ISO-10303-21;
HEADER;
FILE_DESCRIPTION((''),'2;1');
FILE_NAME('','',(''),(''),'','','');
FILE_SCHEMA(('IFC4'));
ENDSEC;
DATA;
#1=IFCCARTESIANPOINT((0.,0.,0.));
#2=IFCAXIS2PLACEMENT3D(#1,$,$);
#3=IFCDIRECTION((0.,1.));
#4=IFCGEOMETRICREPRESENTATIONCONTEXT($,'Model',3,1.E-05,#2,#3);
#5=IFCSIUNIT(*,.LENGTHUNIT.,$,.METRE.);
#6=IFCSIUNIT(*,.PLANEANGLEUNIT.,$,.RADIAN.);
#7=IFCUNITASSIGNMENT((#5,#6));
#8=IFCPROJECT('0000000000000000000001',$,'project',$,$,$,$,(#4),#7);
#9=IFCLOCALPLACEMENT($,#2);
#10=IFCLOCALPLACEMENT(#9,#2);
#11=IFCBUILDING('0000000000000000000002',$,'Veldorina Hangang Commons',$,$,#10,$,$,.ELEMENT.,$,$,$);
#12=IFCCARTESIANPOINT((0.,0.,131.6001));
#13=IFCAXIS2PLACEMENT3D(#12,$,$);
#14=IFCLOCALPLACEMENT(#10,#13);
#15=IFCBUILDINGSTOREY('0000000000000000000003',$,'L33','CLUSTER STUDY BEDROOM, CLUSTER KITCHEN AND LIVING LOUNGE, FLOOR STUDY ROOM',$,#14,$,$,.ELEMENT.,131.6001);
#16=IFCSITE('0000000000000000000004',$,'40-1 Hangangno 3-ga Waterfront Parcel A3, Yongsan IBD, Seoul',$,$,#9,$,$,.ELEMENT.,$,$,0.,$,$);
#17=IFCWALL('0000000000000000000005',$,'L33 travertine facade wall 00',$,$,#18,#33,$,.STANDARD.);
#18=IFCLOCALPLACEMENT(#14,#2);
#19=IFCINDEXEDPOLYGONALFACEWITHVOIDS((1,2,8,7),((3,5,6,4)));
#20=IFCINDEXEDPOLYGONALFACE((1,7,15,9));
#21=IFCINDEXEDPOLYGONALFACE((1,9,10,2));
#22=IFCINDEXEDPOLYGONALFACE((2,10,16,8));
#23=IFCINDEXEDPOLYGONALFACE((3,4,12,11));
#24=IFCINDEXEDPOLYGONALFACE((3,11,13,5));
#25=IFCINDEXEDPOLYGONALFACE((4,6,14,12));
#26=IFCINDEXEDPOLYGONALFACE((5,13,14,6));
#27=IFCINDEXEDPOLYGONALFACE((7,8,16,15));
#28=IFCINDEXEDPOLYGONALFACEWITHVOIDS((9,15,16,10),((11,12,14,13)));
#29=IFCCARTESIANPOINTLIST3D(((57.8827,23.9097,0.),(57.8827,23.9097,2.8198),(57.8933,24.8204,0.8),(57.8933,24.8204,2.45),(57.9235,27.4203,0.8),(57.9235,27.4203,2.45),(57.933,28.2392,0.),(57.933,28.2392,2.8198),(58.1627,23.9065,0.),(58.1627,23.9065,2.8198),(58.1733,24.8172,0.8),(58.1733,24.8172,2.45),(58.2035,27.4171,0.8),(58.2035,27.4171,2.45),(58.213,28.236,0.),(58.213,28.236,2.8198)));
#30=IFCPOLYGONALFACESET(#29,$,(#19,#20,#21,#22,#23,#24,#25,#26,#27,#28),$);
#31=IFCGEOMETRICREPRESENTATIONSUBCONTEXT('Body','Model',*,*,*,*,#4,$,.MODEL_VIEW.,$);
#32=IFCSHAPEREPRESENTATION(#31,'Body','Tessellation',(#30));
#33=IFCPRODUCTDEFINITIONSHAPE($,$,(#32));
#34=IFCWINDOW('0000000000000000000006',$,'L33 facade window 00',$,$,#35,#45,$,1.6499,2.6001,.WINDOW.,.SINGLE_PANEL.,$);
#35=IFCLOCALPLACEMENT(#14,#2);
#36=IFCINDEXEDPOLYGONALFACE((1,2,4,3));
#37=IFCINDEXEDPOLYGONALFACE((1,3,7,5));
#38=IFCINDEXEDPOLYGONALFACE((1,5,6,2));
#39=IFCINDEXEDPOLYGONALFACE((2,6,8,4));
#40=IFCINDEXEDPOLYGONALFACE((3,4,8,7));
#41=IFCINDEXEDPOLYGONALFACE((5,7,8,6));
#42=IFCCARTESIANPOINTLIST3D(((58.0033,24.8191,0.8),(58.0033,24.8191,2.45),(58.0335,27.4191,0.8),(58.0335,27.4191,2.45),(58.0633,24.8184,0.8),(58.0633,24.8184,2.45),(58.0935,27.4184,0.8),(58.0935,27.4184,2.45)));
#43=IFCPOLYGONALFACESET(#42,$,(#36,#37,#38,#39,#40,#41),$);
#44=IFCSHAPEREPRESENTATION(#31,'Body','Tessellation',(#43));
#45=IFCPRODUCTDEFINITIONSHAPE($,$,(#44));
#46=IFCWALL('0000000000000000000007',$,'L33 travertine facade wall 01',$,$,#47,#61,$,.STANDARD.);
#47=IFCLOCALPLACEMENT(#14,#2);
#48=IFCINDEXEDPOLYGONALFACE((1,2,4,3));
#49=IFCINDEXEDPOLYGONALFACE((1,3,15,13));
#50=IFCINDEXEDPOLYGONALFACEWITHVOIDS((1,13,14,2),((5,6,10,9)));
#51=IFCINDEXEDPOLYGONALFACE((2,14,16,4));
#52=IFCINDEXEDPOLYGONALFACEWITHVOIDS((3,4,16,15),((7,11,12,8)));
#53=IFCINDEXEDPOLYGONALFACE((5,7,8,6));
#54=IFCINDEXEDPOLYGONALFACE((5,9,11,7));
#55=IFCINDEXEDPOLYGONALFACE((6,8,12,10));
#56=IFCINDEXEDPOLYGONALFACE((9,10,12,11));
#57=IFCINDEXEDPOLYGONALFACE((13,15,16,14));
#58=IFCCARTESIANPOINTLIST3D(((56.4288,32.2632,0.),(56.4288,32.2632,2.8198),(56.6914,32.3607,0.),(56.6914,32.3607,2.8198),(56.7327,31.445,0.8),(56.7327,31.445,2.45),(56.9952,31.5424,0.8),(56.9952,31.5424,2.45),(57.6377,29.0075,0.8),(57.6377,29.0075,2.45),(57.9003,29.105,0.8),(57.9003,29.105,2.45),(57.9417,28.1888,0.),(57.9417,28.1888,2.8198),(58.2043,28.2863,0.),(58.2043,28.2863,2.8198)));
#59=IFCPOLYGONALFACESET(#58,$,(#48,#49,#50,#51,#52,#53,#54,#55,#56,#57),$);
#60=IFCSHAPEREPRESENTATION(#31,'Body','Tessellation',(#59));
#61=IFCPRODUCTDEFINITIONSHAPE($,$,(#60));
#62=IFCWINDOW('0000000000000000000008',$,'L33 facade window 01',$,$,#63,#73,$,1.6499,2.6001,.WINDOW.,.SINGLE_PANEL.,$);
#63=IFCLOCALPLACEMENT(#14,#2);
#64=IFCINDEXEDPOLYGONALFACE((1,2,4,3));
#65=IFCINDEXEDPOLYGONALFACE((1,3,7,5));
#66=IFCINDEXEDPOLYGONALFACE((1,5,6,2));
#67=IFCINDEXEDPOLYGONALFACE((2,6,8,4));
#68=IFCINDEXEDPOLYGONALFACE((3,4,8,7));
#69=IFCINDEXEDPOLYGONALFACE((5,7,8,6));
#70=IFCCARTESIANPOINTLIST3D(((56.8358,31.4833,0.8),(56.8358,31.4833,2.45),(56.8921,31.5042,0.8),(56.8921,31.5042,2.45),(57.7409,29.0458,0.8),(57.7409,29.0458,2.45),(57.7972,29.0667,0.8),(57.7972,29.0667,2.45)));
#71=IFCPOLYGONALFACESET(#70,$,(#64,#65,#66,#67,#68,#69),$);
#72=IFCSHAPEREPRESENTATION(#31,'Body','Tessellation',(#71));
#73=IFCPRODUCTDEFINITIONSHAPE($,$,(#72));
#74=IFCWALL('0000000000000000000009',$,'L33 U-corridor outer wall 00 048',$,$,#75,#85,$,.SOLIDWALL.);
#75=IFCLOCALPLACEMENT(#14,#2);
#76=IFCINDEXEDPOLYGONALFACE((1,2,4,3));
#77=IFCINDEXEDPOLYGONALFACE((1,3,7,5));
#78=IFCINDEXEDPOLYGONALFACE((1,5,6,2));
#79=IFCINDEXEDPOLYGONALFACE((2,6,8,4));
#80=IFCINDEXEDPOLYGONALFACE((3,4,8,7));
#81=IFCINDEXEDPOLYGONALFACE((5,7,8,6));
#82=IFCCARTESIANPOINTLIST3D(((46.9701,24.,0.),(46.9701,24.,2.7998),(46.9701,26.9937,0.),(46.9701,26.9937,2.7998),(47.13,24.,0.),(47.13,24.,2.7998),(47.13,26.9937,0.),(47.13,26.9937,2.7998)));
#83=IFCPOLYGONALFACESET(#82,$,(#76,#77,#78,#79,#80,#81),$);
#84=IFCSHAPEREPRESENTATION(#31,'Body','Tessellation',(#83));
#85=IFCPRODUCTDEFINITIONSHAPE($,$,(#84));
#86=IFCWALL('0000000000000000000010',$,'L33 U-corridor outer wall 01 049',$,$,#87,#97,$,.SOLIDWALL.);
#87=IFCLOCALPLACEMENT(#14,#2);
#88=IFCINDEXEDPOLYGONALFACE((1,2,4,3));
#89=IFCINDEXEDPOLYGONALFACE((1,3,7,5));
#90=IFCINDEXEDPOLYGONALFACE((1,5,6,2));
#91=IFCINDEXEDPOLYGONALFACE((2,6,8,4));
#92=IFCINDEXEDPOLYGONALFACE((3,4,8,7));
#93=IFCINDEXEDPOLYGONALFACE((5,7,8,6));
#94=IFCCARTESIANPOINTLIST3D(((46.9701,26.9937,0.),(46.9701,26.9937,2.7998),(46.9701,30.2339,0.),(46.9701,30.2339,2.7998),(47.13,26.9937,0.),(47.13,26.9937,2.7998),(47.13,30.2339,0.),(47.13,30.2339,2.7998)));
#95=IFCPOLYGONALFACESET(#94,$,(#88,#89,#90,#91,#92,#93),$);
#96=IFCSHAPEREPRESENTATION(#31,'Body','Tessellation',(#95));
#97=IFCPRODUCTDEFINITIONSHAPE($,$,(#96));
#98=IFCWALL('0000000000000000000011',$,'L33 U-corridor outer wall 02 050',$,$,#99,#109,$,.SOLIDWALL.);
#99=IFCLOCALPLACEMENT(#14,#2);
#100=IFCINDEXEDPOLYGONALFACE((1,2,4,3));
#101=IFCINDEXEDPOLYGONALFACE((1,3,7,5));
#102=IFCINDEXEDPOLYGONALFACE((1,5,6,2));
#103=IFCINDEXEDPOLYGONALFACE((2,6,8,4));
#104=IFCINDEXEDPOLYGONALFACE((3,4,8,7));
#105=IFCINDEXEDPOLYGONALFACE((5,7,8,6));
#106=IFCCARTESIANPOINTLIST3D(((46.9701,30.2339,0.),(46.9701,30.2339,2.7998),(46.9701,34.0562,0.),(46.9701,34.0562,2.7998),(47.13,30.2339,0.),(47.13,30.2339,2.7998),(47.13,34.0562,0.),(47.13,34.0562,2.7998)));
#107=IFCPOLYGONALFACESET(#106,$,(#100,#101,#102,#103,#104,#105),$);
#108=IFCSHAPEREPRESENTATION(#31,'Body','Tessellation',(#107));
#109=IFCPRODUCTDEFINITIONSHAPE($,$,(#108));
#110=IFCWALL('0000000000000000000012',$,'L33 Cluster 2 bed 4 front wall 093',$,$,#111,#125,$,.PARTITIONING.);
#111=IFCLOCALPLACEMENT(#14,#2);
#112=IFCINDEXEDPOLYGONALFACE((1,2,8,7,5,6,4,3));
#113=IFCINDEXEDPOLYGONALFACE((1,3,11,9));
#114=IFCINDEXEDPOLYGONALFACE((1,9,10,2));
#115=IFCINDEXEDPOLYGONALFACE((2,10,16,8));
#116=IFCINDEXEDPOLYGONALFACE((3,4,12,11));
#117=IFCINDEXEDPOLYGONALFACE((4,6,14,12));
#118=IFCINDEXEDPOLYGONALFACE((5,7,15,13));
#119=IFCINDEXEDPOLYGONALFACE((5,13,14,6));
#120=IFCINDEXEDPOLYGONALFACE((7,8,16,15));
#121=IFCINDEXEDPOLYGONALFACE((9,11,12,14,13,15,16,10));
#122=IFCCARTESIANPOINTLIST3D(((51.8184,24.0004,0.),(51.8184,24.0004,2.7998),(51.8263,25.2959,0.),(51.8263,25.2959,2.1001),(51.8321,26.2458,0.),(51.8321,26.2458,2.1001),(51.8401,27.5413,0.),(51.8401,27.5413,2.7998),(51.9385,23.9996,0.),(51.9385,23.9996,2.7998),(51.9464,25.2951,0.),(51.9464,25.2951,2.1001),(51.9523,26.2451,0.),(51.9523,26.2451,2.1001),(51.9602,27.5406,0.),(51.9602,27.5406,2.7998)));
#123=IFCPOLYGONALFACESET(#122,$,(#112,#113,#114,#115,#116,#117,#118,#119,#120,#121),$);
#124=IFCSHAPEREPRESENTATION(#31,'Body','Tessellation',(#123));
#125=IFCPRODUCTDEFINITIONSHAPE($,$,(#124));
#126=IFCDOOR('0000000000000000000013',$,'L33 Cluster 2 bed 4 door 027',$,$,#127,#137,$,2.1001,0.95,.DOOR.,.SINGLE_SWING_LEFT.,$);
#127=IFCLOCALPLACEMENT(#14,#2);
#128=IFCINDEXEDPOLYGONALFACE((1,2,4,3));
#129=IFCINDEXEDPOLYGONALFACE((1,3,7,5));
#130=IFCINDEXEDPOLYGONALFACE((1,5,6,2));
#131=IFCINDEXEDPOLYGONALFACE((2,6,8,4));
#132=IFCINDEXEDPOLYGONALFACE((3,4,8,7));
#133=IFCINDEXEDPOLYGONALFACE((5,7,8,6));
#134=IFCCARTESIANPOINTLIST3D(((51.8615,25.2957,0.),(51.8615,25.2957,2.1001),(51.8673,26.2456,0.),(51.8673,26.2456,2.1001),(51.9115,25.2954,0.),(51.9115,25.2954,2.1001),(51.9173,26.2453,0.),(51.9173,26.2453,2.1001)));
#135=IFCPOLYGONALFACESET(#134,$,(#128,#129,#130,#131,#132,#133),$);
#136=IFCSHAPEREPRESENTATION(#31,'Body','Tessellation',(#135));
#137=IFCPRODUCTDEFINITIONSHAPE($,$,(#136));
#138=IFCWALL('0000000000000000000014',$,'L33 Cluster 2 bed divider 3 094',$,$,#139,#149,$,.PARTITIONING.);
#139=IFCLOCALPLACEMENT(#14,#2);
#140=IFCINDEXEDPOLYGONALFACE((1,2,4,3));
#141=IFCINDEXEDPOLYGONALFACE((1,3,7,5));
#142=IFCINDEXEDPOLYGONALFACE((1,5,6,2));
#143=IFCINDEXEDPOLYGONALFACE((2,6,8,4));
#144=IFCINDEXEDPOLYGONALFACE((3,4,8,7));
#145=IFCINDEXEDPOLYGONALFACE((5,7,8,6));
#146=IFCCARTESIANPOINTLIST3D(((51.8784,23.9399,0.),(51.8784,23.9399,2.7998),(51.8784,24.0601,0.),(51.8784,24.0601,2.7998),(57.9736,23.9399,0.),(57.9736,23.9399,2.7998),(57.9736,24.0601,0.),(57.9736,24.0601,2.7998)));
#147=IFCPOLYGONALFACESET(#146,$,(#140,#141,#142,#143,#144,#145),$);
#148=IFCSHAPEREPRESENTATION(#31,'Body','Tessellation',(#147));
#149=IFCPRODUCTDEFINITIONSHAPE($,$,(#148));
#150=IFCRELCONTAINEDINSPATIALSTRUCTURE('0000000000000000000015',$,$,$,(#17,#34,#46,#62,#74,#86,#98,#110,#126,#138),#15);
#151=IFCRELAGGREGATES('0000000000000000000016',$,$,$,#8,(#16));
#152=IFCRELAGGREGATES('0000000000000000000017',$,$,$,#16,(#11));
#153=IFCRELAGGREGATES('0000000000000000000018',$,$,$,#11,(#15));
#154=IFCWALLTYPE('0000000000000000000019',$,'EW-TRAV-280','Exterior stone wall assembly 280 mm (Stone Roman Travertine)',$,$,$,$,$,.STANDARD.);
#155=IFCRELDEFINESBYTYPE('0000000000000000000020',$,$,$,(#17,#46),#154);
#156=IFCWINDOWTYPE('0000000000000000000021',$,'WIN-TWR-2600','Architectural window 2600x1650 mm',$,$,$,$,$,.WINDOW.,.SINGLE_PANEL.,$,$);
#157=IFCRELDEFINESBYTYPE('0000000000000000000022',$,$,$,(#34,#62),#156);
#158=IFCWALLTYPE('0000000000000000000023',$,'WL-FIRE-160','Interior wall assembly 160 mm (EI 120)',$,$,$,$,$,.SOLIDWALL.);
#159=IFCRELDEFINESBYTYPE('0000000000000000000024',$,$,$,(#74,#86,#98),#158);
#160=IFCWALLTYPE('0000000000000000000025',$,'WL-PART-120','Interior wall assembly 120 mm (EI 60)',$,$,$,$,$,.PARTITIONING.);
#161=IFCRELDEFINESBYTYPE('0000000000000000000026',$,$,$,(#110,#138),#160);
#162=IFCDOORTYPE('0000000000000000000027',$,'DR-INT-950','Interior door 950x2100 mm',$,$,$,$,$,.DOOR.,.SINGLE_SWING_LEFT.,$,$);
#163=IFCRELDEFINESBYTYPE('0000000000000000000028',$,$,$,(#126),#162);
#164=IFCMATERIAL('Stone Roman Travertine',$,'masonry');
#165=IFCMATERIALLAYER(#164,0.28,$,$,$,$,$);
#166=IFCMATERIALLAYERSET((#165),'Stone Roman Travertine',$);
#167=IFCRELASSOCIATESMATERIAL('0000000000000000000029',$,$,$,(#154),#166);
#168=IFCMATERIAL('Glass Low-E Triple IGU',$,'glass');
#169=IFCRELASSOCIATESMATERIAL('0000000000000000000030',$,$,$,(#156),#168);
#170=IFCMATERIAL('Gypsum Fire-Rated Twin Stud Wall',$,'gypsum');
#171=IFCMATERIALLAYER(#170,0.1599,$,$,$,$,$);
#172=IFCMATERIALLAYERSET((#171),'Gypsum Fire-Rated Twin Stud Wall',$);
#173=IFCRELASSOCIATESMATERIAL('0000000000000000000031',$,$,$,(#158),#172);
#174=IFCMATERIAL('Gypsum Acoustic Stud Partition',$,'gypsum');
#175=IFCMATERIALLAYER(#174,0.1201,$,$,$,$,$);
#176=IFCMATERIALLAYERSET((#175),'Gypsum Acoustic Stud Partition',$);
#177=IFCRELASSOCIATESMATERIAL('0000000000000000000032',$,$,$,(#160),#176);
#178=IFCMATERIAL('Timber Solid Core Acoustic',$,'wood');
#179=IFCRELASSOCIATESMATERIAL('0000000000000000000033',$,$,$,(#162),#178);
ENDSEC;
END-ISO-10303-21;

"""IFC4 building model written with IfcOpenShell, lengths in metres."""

from ifc_helpers import new_model, si_unit, direction, frame, frame_2d, origin, place, context, subcontext, project, spatial, rectangle, extrude, material, layer, layer_set, type_object, element, fill, save


model = new_model("IFC4")

# Units and contexts
model_context = context("Model", 3, precision=1e-05, world=origin(), true_north=direction((0.0, 1.0)))
body_context = subcontext(model_context, "Body", "Model", "MODEL_VIEW")
ifc_project = project(units=[si_unit("LENGTHUNIT", "METRE"), si_unit("PLANEANGLEUNIT", "RADIAN")], contexts=[model_context])

# Site, building, storey
site_placement = place(None, origin())
site = spatial("IfcSite", under=ifc_project, at=site_placement, Name="40-1 Hangangno 3-ga Waterfront Parcel A3, Yongsan IBD, Seoul", CompositionType="ELEMENT", RefElevation=0.0)
building_placement = place(site_placement, origin())
building = spatial("IfcBuilding", under=site, at=building_placement, Name="Veldorina Hangang Commons", CompositionType="ELEMENT")
storey_placement = place(building_placement, frame((0.0, 0.0, 131.6001)))
storey = spatial("IfcBuildingStorey", under=building, at=storey_placement, Name="L33", Description="CLUSTER STUDY BEDROOM, CLUSTER KITCHEN AND LIVING LOUNGE, FLOOR STUDY ROOM", CompositionType="ELEMENT", Elevation=131.6001)

# Shared definitions
ifc_material_1 = material(Name="Glass Low-E Triple IGU", Category="glass")

# Walls, openings, windows
ifc_material_2 = material(Name="Stone Roman Travertine", Category="masonry")
ifc_layer_1 = layer(ifc_material_2, 0.28)
ifc_layer_set_1 = layer_set([ifc_layer_1], Name="Stone Roman Travertine")
wall_type_1 = type_object("IfcWallType", Name="EW-TRAV-280", Description="Exterior stone wall assembly 280 mm (Stone Roman Travertine)", PredefinedType="STANDARD", material=ifc_layer_set_1)
wall_1_placement = place(storey_placement, frame((58.0227, 23.908, 0.0), z_axis=(0.0, 0.0, 1.0), x_axis=(0.011615, 0.999933, 0.0)))
wall_1 = element("IfcWall", 1, at=wall_1_placement, inside=storey, type_object=wall_type_1, Name="L33 travertine facade wall 00", PredefinedType="STANDARD", context=body_context, shape_type="SweptSolid", body=[
    extrude(rectangle(XDim=4.3298, YDim=0.28, at=frame_2d((2.165, 0.0))), origin(), (0.0, 0.0, 1.0), 2.8198),
])
opening_1_placement = place(wall_1_placement, frame((0.9109, 0.0, 0.8)))
opening_1 = element("IfcOpeningElement", 2, at=opening_1_placement, cuts=wall_1, PredefinedType="OPENING", context=body_context, shape_type="SweptSolid", body=[
    extrude(rectangle(XDim=2.6001, YDim=1.6499, at=frame_2d((1.3, 0.825))), frame((0.0, 0.1499, 0.0), z_axis=(0.0, -1.0, 0.0), x_axis=(1.0, 0.0, 0.0)), (0.0, 0.0, 1.0), 0.3),
])
window_type = type_object("IfcWindowType", Name="WIN-TWR-2600", Description="Architectural window 2600x1650 mm", PartitioningType="SINGLE_PANEL", PredefinedType="WINDOW", material=ifc_material_1)
window_1_placement = place(opening_1_placement, origin())
window_1 = element("IfcWindow", 3, at=window_1_placement, inside=storey, type_object=window_type, Name="L33 facade window 00", OverallHeight=1.6499, OverallWidth=2.6001, PartitioningType="SINGLE_PANEL", PredefinedType="WINDOW", context=body_context, shape_type="SweptSolid", body=[
    extrude(rectangle(XDim=2.6001, YDim=1.6499, at=frame_2d((1.3, 0.825))), frame((0.0, 0.03, 0.0), z_axis=(0.0, -1.0, 0.0), x_axis=(1.0, 0.0, 0.0)), (0.0, 0.0, 1.0), 0.0601),
])
fill(opening_1, window_1)
wall_2_placement = place(storey_placement, frame((58.073, 28.2375, 0.0), z_axis=(0.0, 0.0, 1.0), x_axis=(-0.348099, 0.937458, 0.0)))
wall_2 = element("IfcWall", 4, at=wall_2_placement, inside=storey, type_object=wall_type_1, Name="L33 travertine facade wall 01", PredefinedType="STANDARD", context=body_context, shape_type="SweptSolid", body=[
    extrude(rectangle(XDim=4.3462, YDim=0.28, at=frame_2d((2.1731, 0.0))), origin(), (0.0, 0.0, 1.0), 2.8198),
])
opening_2_placement = place(wall_2_placement, frame((0.8733, 0.0, 0.8)))
opening_2 = element("IfcOpeningElement", 5, at=opening_2_placement, cuts=wall_2, PredefinedType="OPENING", context=body_context, shape_type="SweptSolid", body=[
    extrude(rectangle(XDim=2.6001, YDim=1.6499, at=frame_2d((1.3, 0.825))), frame((0.0, 0.1499, 0.0), z_axis=(0.0, -1.0, 0.0), x_axis=(1.0, 0.0, 0.0)), (0.0, 0.0, 1.0), 0.3),
])
window_2_placement = place(opening_2_placement, origin())
window_2 = element("IfcWindow", 6, at=window_2_placement, inside=storey, type_object=window_type, Name="L33 facade window 01", OverallHeight=1.6499, OverallWidth=2.6001, PartitioningType="SINGLE_PANEL", PredefinedType="WINDOW", context=body_context, shape_type="SweptSolid", body=[
    extrude(rectangle(XDim=2.6001, YDim=1.6499, at=frame_2d((1.3, 0.825))), frame((0.0, 0.03, 0.0), z_axis=(0.0, -1.0, 0.0), x_axis=(1.0, 0.0, 0.0)), (0.0, 0.0, 1.0), 0.0601),
])
fill(opening_2, window_2)

# Walls
ifc_material_3 = material(Name="Gypsum Fire-Rated Twin Stud Wall", Category="gypsum")
ifc_layer_2 = layer(ifc_material_3, 0.1599)
ifc_layer_set_2 = layer_set([ifc_layer_2], Name="Gypsum Fire-Rated Twin Stud Wall")
wall_type_2 = type_object("IfcWallType", Name="WL-FIRE-160", Description="Interior wall assembly 160 mm (EI 120)", PredefinedType="SOLIDWALL", material=ifc_layer_set_2)
wall_3_placement = place(storey_placement, frame((47.05, 24.0, 0.0), z_axis=(0.0, 0.0, 1.0), x_axis=(0.0, 1.0, 0.0)))
element("IfcWall", 7, at=wall_3_placement, inside=storey, type_object=wall_type_2, Name="L33 U-corridor outer wall 00 048", PredefinedType="SOLIDWALL", context=body_context, shape_type="SweptSolid", body=[
    extrude(rectangle(XDim=2.9937, YDim=0.1599, at=frame_2d((1.4968, 0.0))), origin(), (0.0, 0.0, 1.0), 2.7998),
])
wall_4_placement = place(storey_placement, frame((47.05, 26.9937, 0.0), z_axis=(0.0, 0.0, 1.0), x_axis=(0.0, 1.0, 0.0)))
element("IfcWall", 8, at=wall_4_placement, inside=storey, type_object=wall_type_2, Name="L33 U-corridor outer wall 01 049", PredefinedType="SOLIDWALL", context=body_context, shape_type="SweptSolid", body=[
    extrude(rectangle(XDim=3.2402, YDim=0.1599, at=frame_2d((1.6201, 0.0))), origin(), (0.0, 0.0, 1.0), 2.7998),
])
wall_5_placement = place(storey_placement, frame((47.05, 30.2339, 0.0), z_axis=(0.0, 0.0, 1.0), x_axis=(0.0, 1.0, 0.0)))
element("IfcWall", 9, at=wall_5_placement, inside=storey, type_object=wall_type_2, Name="L33 U-corridor outer wall 02 050", PredefinedType="SOLIDWALL", context=body_context, shape_type="SweptSolid", body=[
    extrude(rectangle(XDim=3.8223, YDim=0.1599, at=frame_2d((1.9111, 0.0))), origin(), (0.0, 0.0, 1.0), 2.7998),
])

# Wall, opening, door
ifc_material_4 = material(Name="Gypsum Acoustic Stud Partition", Category="gypsum")
ifc_layer_3 = layer(ifc_material_4, 0.1201)
ifc_layer_set_3 = layer_set([ifc_layer_3], Name="Gypsum Acoustic Stud Partition")
wall_type_3 = type_object("IfcWallType", Name="WL-PART-120", Description="Interior wall assembly 120 mm (EI 60)", PredefinedType="PARTITIONING", material=ifc_layer_set_3)
wall_6_placement = place(storey_placement, frame((51.8784, 24.0, 0.0), z_axis=(0.0, 0.0, 1.0), x_axis=(0.006136, 0.999981, 0.0)))
wall_6 = element("IfcWall", 10, at=wall_6_placement, inside=storey, type_object=wall_type_3, Name="L33 Cluster 2 bed 4 front wall 093", PredefinedType="PARTITIONING", context=body_context, shape_type="SweptSolid", body=[
    extrude(rectangle(XDim=3.541, YDim=0.1201, at=frame_2d((1.7705, 0.0))), origin(), (0.0, 0.0, 1.0), 2.7998),
])
opening_3_placement = place(wall_6_placement, frame((1.2954, 0.0, 0.0)))
opening_3 = element("IfcOpeningElement", 11, at=opening_3_placement, cuts=wall_6, PredefinedType="OPENING", context=body_context, shape_type="SweptSolid", body=[
    extrude(rectangle(XDim=0.95, YDim=2.1001, at=frame_2d((0.4751, 1.05))), frame((0.0, 0.0701, 0.0), z_axis=(0.0, -1.0, 0.0), x_axis=(1.0, 0.0, 0.0)), (0.0, 0.0, 1.0), 0.1401),
])
ifc_material_5 = material(Name="Timber Solid Core Acoustic", Category="wood")
door_type = type_object("IfcDoorType", Name="DR-INT-950", Description="Interior door 950x2100 mm", OperationType="SINGLE_SWING_LEFT", PredefinedType="DOOR", material=ifc_material_5)
door_1_placement = place(opening_3_placement, origin())
door_1 = element("IfcDoor", 12, at=door_1_placement, inside=storey, type_object=door_type, Name="L33 Cluster 2 bed 4 door 027", OperationType="SINGLE_SWING_LEFT", OverallHeight=2.1001, OverallWidth=0.95, PredefinedType="DOOR", context=body_context, shape_type="SweptSolid", body=[
    extrude(rectangle(XDim=0.95, YDim=2.1001, at=frame_2d((0.4751, 1.05))), frame((0.0, 0.0249, 0.0), z_axis=(0.0, -1.0, 0.0), x_axis=(1.0, 0.0, 0.0)), (0.0, 0.0, 1.0), 0.05),
])
fill(opening_3, door_1)

# Wall
wall_7_placement = place(storey_placement, frame((51.8784, 24.0, 0.0), z_axis=(0.0, 0.0, 1.0), x_axis=(1.0, 0.0, 0.0)))
element("IfcWall", 13, at=wall_7_placement, inside=storey, type_object=wall_type_3, Name="L33 Cluster 2 bed divider 3 094", PredefinedType="PARTITIONING", context=body_context, shape_type="SweptSolid", body=[
    extrude(rectangle(XDim=6.0952, YDim=0.1201, at=frame_2d((3.0476, 0.0))), origin(), (0.0, 0.0, 1.0), 2.7998),
])

save(model, "model.ifc")
